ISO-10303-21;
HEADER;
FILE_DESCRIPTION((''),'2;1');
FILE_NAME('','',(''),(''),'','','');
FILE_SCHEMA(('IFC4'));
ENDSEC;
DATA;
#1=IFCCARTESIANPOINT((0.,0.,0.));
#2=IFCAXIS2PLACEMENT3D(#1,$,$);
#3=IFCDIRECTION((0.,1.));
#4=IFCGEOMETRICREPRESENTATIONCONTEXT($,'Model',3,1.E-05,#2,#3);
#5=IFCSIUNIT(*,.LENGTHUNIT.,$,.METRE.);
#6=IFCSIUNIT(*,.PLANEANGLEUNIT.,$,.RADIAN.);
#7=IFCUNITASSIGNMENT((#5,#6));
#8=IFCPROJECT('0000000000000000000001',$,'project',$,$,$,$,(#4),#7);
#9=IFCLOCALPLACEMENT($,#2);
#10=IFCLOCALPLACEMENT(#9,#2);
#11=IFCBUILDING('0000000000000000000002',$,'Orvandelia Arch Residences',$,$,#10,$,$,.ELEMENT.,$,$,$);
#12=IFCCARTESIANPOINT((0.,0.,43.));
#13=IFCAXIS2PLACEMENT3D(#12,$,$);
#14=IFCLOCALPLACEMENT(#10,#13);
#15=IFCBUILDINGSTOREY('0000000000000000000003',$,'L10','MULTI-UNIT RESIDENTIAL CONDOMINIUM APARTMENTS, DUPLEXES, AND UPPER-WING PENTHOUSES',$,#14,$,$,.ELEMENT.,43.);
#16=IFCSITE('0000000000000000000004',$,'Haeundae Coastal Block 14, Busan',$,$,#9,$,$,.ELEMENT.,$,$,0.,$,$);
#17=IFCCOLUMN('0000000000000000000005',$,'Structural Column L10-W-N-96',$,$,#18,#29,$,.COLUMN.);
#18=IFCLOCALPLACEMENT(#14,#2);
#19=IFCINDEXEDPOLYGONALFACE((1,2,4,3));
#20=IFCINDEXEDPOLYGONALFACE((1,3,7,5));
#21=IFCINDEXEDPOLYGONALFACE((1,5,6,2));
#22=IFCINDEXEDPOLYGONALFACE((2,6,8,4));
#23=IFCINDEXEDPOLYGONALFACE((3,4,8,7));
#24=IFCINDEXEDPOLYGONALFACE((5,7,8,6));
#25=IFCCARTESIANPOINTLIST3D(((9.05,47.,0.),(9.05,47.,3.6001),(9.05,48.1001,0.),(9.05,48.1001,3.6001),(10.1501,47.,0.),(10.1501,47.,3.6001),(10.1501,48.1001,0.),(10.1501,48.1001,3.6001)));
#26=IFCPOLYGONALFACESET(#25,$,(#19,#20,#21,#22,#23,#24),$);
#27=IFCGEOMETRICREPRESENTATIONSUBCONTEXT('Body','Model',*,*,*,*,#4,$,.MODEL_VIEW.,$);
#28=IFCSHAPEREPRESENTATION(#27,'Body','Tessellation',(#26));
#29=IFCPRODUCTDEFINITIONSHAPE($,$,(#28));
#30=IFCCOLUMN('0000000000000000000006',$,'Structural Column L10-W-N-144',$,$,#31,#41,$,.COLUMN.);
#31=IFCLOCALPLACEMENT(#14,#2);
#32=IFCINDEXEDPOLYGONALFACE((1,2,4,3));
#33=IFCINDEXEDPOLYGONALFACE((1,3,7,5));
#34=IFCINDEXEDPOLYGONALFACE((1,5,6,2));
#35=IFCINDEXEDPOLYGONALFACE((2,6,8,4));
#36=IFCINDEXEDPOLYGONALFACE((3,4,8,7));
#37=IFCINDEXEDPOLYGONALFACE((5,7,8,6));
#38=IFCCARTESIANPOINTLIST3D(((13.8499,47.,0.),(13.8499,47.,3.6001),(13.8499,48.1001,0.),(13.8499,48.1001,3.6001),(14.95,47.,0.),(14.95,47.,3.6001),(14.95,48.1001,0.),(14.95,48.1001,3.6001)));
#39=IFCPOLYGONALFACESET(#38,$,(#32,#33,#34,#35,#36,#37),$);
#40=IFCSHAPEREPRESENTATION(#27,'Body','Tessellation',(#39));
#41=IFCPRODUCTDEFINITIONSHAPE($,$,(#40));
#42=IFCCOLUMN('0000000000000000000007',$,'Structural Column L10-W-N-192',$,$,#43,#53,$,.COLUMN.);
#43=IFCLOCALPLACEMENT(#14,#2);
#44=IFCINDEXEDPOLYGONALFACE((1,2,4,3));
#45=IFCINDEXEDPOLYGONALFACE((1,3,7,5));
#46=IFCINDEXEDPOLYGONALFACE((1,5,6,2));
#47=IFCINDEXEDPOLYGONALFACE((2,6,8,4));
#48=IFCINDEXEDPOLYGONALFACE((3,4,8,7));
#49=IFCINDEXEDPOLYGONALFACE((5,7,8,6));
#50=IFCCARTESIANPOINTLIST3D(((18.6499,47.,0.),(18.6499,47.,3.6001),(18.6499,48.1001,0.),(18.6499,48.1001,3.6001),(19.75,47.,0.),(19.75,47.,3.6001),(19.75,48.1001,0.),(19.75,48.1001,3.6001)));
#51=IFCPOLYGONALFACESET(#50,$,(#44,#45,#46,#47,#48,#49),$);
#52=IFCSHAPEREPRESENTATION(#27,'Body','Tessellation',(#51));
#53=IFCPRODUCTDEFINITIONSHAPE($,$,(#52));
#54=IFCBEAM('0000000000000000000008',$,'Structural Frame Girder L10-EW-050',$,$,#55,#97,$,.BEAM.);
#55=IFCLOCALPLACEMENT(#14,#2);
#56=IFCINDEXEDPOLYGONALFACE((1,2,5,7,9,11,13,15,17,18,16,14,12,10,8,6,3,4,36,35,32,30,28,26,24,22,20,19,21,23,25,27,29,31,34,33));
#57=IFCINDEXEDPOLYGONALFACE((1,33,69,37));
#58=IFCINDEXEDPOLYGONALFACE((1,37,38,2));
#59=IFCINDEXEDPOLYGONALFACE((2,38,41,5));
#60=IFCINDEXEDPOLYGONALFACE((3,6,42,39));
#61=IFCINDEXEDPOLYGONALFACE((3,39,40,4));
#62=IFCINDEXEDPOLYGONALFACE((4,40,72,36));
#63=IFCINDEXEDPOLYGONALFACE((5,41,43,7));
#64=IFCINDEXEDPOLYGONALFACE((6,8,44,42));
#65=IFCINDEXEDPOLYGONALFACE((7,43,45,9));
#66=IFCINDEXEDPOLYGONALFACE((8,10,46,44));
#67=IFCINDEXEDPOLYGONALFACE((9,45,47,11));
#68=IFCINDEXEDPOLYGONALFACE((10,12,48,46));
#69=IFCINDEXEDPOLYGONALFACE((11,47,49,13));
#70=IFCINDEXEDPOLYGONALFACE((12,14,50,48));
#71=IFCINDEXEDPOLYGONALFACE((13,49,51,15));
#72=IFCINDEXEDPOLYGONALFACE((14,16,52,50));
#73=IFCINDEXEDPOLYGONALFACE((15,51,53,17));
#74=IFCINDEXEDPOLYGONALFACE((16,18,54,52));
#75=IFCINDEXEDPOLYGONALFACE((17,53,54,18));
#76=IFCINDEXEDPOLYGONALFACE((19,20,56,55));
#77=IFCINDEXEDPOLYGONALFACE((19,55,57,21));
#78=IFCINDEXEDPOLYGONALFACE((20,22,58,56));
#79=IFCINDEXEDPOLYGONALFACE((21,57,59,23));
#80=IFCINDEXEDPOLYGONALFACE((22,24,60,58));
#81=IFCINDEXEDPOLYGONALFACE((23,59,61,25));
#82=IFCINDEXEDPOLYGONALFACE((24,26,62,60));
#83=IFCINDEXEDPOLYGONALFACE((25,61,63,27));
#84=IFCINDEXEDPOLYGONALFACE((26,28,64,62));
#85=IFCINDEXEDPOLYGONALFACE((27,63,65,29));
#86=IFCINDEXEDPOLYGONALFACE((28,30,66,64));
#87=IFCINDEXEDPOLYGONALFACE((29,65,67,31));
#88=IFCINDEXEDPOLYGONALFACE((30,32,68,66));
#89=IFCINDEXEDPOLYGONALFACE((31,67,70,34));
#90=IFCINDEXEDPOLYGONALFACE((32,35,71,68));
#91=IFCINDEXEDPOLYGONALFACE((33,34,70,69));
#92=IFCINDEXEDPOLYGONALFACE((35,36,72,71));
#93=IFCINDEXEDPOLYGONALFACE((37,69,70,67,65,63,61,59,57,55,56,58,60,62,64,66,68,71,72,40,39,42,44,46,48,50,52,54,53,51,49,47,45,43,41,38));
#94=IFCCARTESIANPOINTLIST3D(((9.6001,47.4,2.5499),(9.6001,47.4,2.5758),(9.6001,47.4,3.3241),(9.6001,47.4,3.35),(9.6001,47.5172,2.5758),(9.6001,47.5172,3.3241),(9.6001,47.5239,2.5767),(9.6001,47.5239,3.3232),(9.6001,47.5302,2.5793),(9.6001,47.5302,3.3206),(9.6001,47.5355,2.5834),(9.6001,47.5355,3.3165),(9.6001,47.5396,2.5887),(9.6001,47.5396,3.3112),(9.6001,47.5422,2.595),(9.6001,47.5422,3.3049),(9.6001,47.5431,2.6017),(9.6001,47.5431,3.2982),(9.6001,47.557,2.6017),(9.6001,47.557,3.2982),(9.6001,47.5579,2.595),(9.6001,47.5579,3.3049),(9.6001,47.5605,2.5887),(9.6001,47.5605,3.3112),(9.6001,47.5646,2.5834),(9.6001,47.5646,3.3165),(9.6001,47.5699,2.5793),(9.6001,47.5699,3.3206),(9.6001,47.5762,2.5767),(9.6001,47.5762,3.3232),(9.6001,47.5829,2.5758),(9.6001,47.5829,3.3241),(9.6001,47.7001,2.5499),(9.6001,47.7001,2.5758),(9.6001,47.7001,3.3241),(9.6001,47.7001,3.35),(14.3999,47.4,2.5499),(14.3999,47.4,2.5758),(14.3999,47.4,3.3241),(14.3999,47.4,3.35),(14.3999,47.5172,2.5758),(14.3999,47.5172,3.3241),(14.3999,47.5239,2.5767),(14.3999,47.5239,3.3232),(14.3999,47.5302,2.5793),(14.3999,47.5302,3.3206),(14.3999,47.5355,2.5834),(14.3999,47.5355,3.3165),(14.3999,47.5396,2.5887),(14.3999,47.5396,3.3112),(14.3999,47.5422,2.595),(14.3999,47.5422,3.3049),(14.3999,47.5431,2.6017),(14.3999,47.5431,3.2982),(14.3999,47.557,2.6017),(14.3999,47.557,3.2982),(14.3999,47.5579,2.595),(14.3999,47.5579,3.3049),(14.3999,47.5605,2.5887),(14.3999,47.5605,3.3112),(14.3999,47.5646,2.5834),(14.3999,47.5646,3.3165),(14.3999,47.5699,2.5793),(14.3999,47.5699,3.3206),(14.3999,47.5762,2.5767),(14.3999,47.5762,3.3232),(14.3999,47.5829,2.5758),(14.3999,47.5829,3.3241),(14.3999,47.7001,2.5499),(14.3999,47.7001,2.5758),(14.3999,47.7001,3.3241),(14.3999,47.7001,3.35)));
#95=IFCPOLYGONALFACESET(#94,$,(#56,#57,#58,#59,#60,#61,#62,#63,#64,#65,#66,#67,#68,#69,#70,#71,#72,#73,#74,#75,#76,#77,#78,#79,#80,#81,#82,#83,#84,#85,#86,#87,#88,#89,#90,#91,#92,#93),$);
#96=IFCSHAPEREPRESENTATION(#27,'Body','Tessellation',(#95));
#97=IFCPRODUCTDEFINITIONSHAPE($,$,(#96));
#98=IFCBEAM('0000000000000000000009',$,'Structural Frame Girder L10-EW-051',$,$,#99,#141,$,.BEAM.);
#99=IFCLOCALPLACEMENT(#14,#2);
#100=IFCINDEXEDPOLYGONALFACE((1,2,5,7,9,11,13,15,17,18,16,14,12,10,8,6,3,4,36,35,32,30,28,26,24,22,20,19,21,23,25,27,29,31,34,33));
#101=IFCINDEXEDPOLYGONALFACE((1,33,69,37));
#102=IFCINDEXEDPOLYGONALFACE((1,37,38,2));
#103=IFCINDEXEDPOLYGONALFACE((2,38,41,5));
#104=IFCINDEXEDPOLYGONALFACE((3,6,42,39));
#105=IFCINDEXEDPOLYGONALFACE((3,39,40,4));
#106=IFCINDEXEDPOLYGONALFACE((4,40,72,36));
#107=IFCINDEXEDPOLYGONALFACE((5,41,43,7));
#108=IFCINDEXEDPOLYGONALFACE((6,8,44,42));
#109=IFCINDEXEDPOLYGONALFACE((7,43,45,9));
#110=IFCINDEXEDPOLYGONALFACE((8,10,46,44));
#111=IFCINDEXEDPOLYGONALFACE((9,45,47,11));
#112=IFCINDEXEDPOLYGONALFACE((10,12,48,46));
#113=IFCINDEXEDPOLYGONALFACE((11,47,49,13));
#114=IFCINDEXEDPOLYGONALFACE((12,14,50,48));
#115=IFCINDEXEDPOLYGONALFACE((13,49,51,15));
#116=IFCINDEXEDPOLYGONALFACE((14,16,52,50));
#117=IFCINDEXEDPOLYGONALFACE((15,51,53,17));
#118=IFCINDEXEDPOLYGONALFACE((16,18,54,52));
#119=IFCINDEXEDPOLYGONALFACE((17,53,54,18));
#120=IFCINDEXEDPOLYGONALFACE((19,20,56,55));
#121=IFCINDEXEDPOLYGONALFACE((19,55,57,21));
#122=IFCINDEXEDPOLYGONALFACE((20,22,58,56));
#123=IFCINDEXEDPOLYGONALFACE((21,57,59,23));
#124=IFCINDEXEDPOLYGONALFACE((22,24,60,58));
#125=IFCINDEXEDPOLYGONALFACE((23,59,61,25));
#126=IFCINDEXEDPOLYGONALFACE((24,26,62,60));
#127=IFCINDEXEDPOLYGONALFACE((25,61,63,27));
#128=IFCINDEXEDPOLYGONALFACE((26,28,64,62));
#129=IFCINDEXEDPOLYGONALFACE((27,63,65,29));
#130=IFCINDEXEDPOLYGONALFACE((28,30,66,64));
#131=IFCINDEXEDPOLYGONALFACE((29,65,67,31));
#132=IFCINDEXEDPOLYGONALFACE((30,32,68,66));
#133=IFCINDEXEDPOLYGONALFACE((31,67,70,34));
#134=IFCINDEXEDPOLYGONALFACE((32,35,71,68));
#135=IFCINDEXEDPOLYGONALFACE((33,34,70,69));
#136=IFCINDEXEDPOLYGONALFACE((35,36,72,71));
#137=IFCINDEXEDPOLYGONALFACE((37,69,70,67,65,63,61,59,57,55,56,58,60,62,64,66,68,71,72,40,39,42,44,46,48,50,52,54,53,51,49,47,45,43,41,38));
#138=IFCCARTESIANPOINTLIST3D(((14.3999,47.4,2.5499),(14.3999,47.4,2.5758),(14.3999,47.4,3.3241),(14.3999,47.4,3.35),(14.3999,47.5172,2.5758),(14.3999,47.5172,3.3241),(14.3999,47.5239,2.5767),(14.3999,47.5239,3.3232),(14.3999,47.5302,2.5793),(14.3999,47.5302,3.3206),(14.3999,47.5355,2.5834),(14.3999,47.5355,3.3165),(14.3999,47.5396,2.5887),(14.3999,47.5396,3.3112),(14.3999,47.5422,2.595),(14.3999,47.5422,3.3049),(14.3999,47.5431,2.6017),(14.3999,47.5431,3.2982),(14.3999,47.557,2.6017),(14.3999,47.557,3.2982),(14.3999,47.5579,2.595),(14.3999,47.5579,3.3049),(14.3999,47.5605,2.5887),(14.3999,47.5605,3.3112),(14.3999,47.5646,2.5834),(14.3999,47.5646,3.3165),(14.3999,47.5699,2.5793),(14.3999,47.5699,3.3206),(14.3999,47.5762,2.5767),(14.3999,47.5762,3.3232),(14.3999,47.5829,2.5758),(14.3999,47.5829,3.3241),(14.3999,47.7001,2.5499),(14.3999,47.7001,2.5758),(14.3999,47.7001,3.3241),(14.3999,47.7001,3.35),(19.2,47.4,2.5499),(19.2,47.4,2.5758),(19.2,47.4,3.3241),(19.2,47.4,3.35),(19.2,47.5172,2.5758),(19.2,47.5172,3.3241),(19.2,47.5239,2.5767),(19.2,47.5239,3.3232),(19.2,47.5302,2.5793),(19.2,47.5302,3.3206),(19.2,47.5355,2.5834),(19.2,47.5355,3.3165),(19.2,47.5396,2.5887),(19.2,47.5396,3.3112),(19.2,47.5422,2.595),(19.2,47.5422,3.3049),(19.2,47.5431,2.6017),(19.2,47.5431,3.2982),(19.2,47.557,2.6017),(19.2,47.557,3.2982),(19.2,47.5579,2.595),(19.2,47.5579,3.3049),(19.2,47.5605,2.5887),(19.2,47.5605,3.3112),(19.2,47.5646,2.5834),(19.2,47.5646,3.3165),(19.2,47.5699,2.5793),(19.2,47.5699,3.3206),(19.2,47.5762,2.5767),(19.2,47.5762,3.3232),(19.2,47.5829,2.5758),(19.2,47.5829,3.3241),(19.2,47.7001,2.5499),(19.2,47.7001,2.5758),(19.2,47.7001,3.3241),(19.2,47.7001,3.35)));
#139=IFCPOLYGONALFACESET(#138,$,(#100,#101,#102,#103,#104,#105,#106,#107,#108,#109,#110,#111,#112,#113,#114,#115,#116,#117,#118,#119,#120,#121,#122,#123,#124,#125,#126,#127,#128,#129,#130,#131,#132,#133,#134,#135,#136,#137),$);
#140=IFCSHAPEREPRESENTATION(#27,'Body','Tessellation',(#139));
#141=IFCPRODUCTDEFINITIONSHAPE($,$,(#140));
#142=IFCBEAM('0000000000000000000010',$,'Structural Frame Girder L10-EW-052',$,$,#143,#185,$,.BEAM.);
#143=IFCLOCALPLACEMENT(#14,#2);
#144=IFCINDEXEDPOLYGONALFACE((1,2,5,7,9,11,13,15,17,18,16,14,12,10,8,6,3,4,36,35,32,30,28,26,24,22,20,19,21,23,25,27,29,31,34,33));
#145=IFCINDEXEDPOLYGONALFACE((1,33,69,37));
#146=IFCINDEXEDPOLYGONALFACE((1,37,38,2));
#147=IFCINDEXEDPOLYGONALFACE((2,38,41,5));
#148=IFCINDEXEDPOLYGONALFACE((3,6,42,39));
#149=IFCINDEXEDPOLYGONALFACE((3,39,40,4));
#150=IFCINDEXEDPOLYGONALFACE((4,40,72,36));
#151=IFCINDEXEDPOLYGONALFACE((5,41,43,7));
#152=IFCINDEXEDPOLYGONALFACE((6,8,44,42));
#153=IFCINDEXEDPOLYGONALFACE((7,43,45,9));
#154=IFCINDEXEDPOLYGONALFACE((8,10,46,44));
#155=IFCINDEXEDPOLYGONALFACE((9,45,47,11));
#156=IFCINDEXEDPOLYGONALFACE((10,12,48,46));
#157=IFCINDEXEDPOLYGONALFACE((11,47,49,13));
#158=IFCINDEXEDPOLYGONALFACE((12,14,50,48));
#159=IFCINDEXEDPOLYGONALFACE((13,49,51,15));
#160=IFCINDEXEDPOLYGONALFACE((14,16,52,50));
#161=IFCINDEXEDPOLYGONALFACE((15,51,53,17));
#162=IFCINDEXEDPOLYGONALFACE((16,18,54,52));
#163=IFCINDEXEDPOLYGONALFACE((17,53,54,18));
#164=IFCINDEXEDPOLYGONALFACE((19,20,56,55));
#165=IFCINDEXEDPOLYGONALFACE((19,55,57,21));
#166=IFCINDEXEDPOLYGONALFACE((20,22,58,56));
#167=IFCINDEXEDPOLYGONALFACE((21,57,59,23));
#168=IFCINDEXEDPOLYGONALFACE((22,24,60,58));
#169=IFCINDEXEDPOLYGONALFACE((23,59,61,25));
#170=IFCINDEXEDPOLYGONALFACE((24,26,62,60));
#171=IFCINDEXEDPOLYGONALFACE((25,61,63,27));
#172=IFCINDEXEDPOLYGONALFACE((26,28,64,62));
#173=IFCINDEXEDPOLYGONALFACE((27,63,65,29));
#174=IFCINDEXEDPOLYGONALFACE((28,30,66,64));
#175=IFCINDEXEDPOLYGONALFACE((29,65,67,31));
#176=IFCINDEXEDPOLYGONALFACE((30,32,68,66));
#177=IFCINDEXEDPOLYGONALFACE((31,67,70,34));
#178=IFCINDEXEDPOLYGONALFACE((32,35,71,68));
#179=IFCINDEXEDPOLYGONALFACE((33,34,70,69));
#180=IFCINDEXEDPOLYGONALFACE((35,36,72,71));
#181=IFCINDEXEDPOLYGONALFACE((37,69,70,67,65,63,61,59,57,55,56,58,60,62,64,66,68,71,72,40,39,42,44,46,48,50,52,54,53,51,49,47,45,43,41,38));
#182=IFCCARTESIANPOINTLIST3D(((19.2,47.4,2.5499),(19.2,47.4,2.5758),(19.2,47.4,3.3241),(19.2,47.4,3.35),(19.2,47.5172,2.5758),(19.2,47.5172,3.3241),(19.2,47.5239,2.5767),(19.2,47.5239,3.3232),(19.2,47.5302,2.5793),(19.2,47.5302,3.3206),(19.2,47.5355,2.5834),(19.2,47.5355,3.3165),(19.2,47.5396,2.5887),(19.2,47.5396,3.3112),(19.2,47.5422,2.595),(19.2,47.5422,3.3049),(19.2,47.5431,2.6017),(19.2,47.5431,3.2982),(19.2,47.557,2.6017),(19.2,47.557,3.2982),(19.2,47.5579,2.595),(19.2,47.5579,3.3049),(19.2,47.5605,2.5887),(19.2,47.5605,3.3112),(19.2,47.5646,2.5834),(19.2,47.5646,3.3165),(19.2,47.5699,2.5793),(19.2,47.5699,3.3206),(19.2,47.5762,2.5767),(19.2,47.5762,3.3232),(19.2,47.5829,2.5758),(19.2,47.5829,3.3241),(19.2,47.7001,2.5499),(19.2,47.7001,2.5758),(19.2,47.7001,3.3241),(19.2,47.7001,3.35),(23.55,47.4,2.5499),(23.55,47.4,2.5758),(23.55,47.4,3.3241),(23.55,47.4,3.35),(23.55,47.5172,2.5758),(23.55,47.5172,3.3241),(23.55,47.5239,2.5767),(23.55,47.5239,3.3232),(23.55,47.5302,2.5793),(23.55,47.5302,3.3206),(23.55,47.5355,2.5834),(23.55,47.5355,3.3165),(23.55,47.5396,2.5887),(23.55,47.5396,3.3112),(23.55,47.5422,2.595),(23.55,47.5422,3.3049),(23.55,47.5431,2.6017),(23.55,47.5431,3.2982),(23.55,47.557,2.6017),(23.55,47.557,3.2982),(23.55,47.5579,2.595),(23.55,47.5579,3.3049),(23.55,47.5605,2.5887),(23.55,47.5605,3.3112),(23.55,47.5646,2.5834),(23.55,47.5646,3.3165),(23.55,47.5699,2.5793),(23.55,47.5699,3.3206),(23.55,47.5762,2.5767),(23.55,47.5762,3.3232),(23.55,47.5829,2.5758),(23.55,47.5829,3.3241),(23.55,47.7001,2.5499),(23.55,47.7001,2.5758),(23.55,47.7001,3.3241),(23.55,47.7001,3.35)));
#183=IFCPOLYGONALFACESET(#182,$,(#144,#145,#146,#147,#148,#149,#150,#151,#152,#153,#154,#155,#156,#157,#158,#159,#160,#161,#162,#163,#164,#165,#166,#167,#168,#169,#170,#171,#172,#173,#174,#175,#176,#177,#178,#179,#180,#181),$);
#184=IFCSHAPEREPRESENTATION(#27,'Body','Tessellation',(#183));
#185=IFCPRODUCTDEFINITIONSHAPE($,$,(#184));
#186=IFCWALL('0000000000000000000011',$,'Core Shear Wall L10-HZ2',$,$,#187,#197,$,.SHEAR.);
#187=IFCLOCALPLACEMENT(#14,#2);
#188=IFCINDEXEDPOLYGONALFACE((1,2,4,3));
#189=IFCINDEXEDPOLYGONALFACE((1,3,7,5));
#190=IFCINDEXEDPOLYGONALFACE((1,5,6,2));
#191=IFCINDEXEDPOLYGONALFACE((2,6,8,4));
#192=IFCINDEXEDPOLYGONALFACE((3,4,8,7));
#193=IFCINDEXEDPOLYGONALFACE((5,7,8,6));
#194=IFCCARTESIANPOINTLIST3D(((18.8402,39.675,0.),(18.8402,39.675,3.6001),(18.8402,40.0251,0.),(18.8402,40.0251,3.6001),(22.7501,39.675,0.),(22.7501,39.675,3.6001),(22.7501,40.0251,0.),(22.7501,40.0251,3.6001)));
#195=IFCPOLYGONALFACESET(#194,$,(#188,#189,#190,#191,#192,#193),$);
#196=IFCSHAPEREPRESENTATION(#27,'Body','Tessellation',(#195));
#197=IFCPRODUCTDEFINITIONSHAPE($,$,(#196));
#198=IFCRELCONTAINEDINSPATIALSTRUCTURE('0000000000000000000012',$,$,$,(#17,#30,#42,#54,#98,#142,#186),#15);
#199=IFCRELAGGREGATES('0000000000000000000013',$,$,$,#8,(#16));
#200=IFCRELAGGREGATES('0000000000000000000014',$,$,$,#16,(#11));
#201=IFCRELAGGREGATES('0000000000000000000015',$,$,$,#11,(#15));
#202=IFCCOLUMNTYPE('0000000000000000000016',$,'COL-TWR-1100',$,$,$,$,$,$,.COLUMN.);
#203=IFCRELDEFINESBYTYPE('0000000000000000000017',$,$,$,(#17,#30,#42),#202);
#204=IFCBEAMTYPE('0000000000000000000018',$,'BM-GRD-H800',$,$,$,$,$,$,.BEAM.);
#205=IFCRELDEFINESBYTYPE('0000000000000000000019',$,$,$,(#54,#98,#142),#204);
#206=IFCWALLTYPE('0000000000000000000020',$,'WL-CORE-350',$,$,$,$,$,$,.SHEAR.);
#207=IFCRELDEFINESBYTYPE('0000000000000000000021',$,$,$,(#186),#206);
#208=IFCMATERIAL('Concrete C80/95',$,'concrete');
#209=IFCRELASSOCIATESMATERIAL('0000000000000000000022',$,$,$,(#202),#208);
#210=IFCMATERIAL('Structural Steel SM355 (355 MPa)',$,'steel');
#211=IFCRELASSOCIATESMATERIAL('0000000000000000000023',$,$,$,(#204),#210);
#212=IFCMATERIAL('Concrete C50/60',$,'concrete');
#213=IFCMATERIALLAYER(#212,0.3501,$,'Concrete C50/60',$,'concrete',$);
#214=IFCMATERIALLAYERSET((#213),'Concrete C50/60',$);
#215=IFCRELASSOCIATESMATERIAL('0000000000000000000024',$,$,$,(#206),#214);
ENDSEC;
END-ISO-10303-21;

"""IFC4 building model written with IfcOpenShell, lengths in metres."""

from ifc_helpers import new_model, si_unit, direction, frame, frame_2d, origin, origin_2d, place, context, subcontext, project, spatial, rectangle, i_section, extrude, material, layer, layer_set, material_profile, profile_set, type_object, element, save


model = new_model("IFC4")

# Units and contexts
model_context = context("Model", 3, precision=1e-05, world=origin(), true_north=direction((0.0, 1.0)))
body_context = subcontext(model_context, "Body", "Model", "MODEL_VIEW")
ifc_project = project(units=[si_unit("LENGTHUNIT", "METRE"), si_unit("PLANEANGLEUNIT", "RADIAN")], contexts=[model_context])

# Site, building, storey
site_placement = place(None, origin())
site = spatial("IfcSite", under=ifc_project, at=site_placement, Name="Haeundae Coastal Block 14, Busan", CompositionType="ELEMENT", RefElevation=0.0)
building_placement = place(site_placement, origin())
building = spatial("IfcBuilding", under=site, at=building_placement, Name="Orvandelia Arch Residences", CompositionType="ELEMENT")
storey_placement = place(building_placement, frame((0.0, 0.0, 43.0)))
storey = spatial("IfcBuildingStorey", under=building, at=storey_placement, Name="L10", Description="MULTI-UNIT RESIDENTIAL CONDOMINIUM APARTMENTS, DUPLEXES, AND UPPER-WING PENTHOUSES", CompositionType="ELEMENT", Elevation=43.0)

# Columns
ifc_material_1 = material(Name="Concrete C80/95", Category="concrete")
ifc_material_profile_1 = material_profile(ifc_material_1, rectangle(XDim=1.1001, YDim=1.1001, at=origin_2d()), Name="Concrete C80/95", Category="concrete")
ifc_profile_set_1 = profile_set([ifc_material_profile_1], Name="Concrete C80/95")
column_type = type_object("IfcColumnType", Name="COL-TWR-1100", PredefinedType="COLUMN", material=ifc_profile_set_1)
for number, where, z_axis, x_axis, name in (
    (1, (9.6001, 47.55, 0.0), (0.0, 0.0, 1.0), (1.0, 0.0, 0.0), "Structural Column L10-W-N-96"),
    (2, (14.3999, 47.55, 0.0), (0.0, 0.0, 1.0), (1.0, 0.0, 0.0), "Structural Column L10-W-N-144"),
    (3, (19.2, 47.55, 0.0), (0.0, 0.0, 1.0), (1.0, 0.0, 0.0), "Structural Column L10-W-N-192"),
):
    element("IfcColumn", number, at=place(storey_placement, frame(where, z_axis=z_axis, x_axis=x_axis)), inside=storey, type_object=column_type, Name=name, PredefinedType="COLUMN", context=body_context, shape_type="SweptSolid", body=[
        extrude(rectangle(XDim=1.1001, YDim=1.1001, at=origin_2d()), origin(), (0.0, 0.0, 1.0), 3.6001),
    ])

# Beams
ifc_material_2 = material(Name="Structural Steel SM355 (355 MPa)", Category="steel")
ifc_material_profile_2 = material_profile(ifc_material_2, i_section(OverallWidth=0.3, OverallDepth=0.8, WebThickness=0.0139, FlangeThickness=0.0259, FilletRadius=0.0259, at=origin_2d()), Name="Structural Steel SM355 (355 MPa)", Category="steel")
ifc_profile_set_2 = profile_set([ifc_material_profile_2], Name="Structural Steel SM355 (355 MPa)")
beam_type = type_object("IfcBeamType", Name="BM-GRD-H800", PredefinedType="BEAM", material=ifc_profile_set_2)
beam_1_placement = place(storey_placement, frame((9.6001, 47.55, 2.95), z_axis=(1.0, 0.0, 0.0), x_axis=(0.0, 1.0, 0.0)))
element("IfcBeam", 4, at=beam_1_placement, inside=storey, type_object=beam_type, Name="Structural Frame Girder L10-EW-050", PredefinedType="BEAM", context=body_context, shape_type="SweptSolid", body=[
    extrude(i_section(OverallWidth=0.3, OverallDepth=0.8, WebThickness=0.0139, FlangeThickness=0.0259, FilletRadius=0.0259, at=origin_2d()), origin(), (0.0, 0.0, 1.0), 4.7998),
])
beam_2_placement = place(storey_placement, frame((14.3999, 47.55, 2.95), z_axis=(1.0, 0.0, 0.0), x_axis=(0.0, 1.0, 0.0)))
element("IfcBeam", 5, at=beam_2_placement, inside=storey, type_object=beam_type, Name="Structural Frame Girder L10-EW-051", PredefinedType="BEAM", context=body_context, shape_type="SweptSolid", body=[
    extrude(i_section(OverallWidth=0.3, OverallDepth=0.8, WebThickness=0.0139, FlangeThickness=0.0259, FilletRadius=0.0259, at=origin_2d()), origin(), (0.0, 0.0, 1.0), 4.8),
])
beam_3_placement = place(storey_placement, frame((19.2, 47.55, 2.95), z_axis=(1.0, 0.0, 0.0), x_axis=(0.0, 1.0, 0.0)))
element("IfcBeam", 6, at=beam_3_placement, inside=storey, type_object=beam_type, Name="Structural Frame Girder L10-EW-052", PredefinedType="BEAM", context=body_context, shape_type="SweptSolid", body=[
    extrude(i_section(OverallWidth=0.3, OverallDepth=0.8, WebThickness=0.0139, FlangeThickness=0.0259, FilletRadius=0.0259, at=origin_2d()), origin(), (0.0, 0.0, 1.0), 4.3501),
])

# Wall
ifc_material_3 = material(Name="Concrete C50/60", Category="concrete")
ifc_layer_1 = layer(ifc_material_3, 0.3501, Name="Concrete C50/60", Category="concrete")
ifc_layer_set_1 = layer_set([ifc_layer_1], Name="Concrete C50/60")
wall_type_1 = type_object("IfcWallType", Name="WL-CORE-350", PredefinedType="SHEAR", material=ifc_layer_set_1)
wall_1_placement = place(storey_placement, frame((18.8401, 39.8501, 0.0), z_axis=(0.0, 0.0, 1.0), x_axis=(1.0, 0.0, 0.0)))
element("IfcWall", 7, at=wall_1_placement, inside=storey, type_object=wall_type_1, Name="Core Shear Wall L10-HZ2", PredefinedType="SHEAR", context=body_context, shape_type="SweptSolid", body=[
    extrude(rectangle(XDim=3.9099, YDim=0.3501, at=frame_2d((1.9551, 0.0))), origin(), (0.0, 0.0, 1.0), 3.6001),
])

save(model, "model.ifc")
